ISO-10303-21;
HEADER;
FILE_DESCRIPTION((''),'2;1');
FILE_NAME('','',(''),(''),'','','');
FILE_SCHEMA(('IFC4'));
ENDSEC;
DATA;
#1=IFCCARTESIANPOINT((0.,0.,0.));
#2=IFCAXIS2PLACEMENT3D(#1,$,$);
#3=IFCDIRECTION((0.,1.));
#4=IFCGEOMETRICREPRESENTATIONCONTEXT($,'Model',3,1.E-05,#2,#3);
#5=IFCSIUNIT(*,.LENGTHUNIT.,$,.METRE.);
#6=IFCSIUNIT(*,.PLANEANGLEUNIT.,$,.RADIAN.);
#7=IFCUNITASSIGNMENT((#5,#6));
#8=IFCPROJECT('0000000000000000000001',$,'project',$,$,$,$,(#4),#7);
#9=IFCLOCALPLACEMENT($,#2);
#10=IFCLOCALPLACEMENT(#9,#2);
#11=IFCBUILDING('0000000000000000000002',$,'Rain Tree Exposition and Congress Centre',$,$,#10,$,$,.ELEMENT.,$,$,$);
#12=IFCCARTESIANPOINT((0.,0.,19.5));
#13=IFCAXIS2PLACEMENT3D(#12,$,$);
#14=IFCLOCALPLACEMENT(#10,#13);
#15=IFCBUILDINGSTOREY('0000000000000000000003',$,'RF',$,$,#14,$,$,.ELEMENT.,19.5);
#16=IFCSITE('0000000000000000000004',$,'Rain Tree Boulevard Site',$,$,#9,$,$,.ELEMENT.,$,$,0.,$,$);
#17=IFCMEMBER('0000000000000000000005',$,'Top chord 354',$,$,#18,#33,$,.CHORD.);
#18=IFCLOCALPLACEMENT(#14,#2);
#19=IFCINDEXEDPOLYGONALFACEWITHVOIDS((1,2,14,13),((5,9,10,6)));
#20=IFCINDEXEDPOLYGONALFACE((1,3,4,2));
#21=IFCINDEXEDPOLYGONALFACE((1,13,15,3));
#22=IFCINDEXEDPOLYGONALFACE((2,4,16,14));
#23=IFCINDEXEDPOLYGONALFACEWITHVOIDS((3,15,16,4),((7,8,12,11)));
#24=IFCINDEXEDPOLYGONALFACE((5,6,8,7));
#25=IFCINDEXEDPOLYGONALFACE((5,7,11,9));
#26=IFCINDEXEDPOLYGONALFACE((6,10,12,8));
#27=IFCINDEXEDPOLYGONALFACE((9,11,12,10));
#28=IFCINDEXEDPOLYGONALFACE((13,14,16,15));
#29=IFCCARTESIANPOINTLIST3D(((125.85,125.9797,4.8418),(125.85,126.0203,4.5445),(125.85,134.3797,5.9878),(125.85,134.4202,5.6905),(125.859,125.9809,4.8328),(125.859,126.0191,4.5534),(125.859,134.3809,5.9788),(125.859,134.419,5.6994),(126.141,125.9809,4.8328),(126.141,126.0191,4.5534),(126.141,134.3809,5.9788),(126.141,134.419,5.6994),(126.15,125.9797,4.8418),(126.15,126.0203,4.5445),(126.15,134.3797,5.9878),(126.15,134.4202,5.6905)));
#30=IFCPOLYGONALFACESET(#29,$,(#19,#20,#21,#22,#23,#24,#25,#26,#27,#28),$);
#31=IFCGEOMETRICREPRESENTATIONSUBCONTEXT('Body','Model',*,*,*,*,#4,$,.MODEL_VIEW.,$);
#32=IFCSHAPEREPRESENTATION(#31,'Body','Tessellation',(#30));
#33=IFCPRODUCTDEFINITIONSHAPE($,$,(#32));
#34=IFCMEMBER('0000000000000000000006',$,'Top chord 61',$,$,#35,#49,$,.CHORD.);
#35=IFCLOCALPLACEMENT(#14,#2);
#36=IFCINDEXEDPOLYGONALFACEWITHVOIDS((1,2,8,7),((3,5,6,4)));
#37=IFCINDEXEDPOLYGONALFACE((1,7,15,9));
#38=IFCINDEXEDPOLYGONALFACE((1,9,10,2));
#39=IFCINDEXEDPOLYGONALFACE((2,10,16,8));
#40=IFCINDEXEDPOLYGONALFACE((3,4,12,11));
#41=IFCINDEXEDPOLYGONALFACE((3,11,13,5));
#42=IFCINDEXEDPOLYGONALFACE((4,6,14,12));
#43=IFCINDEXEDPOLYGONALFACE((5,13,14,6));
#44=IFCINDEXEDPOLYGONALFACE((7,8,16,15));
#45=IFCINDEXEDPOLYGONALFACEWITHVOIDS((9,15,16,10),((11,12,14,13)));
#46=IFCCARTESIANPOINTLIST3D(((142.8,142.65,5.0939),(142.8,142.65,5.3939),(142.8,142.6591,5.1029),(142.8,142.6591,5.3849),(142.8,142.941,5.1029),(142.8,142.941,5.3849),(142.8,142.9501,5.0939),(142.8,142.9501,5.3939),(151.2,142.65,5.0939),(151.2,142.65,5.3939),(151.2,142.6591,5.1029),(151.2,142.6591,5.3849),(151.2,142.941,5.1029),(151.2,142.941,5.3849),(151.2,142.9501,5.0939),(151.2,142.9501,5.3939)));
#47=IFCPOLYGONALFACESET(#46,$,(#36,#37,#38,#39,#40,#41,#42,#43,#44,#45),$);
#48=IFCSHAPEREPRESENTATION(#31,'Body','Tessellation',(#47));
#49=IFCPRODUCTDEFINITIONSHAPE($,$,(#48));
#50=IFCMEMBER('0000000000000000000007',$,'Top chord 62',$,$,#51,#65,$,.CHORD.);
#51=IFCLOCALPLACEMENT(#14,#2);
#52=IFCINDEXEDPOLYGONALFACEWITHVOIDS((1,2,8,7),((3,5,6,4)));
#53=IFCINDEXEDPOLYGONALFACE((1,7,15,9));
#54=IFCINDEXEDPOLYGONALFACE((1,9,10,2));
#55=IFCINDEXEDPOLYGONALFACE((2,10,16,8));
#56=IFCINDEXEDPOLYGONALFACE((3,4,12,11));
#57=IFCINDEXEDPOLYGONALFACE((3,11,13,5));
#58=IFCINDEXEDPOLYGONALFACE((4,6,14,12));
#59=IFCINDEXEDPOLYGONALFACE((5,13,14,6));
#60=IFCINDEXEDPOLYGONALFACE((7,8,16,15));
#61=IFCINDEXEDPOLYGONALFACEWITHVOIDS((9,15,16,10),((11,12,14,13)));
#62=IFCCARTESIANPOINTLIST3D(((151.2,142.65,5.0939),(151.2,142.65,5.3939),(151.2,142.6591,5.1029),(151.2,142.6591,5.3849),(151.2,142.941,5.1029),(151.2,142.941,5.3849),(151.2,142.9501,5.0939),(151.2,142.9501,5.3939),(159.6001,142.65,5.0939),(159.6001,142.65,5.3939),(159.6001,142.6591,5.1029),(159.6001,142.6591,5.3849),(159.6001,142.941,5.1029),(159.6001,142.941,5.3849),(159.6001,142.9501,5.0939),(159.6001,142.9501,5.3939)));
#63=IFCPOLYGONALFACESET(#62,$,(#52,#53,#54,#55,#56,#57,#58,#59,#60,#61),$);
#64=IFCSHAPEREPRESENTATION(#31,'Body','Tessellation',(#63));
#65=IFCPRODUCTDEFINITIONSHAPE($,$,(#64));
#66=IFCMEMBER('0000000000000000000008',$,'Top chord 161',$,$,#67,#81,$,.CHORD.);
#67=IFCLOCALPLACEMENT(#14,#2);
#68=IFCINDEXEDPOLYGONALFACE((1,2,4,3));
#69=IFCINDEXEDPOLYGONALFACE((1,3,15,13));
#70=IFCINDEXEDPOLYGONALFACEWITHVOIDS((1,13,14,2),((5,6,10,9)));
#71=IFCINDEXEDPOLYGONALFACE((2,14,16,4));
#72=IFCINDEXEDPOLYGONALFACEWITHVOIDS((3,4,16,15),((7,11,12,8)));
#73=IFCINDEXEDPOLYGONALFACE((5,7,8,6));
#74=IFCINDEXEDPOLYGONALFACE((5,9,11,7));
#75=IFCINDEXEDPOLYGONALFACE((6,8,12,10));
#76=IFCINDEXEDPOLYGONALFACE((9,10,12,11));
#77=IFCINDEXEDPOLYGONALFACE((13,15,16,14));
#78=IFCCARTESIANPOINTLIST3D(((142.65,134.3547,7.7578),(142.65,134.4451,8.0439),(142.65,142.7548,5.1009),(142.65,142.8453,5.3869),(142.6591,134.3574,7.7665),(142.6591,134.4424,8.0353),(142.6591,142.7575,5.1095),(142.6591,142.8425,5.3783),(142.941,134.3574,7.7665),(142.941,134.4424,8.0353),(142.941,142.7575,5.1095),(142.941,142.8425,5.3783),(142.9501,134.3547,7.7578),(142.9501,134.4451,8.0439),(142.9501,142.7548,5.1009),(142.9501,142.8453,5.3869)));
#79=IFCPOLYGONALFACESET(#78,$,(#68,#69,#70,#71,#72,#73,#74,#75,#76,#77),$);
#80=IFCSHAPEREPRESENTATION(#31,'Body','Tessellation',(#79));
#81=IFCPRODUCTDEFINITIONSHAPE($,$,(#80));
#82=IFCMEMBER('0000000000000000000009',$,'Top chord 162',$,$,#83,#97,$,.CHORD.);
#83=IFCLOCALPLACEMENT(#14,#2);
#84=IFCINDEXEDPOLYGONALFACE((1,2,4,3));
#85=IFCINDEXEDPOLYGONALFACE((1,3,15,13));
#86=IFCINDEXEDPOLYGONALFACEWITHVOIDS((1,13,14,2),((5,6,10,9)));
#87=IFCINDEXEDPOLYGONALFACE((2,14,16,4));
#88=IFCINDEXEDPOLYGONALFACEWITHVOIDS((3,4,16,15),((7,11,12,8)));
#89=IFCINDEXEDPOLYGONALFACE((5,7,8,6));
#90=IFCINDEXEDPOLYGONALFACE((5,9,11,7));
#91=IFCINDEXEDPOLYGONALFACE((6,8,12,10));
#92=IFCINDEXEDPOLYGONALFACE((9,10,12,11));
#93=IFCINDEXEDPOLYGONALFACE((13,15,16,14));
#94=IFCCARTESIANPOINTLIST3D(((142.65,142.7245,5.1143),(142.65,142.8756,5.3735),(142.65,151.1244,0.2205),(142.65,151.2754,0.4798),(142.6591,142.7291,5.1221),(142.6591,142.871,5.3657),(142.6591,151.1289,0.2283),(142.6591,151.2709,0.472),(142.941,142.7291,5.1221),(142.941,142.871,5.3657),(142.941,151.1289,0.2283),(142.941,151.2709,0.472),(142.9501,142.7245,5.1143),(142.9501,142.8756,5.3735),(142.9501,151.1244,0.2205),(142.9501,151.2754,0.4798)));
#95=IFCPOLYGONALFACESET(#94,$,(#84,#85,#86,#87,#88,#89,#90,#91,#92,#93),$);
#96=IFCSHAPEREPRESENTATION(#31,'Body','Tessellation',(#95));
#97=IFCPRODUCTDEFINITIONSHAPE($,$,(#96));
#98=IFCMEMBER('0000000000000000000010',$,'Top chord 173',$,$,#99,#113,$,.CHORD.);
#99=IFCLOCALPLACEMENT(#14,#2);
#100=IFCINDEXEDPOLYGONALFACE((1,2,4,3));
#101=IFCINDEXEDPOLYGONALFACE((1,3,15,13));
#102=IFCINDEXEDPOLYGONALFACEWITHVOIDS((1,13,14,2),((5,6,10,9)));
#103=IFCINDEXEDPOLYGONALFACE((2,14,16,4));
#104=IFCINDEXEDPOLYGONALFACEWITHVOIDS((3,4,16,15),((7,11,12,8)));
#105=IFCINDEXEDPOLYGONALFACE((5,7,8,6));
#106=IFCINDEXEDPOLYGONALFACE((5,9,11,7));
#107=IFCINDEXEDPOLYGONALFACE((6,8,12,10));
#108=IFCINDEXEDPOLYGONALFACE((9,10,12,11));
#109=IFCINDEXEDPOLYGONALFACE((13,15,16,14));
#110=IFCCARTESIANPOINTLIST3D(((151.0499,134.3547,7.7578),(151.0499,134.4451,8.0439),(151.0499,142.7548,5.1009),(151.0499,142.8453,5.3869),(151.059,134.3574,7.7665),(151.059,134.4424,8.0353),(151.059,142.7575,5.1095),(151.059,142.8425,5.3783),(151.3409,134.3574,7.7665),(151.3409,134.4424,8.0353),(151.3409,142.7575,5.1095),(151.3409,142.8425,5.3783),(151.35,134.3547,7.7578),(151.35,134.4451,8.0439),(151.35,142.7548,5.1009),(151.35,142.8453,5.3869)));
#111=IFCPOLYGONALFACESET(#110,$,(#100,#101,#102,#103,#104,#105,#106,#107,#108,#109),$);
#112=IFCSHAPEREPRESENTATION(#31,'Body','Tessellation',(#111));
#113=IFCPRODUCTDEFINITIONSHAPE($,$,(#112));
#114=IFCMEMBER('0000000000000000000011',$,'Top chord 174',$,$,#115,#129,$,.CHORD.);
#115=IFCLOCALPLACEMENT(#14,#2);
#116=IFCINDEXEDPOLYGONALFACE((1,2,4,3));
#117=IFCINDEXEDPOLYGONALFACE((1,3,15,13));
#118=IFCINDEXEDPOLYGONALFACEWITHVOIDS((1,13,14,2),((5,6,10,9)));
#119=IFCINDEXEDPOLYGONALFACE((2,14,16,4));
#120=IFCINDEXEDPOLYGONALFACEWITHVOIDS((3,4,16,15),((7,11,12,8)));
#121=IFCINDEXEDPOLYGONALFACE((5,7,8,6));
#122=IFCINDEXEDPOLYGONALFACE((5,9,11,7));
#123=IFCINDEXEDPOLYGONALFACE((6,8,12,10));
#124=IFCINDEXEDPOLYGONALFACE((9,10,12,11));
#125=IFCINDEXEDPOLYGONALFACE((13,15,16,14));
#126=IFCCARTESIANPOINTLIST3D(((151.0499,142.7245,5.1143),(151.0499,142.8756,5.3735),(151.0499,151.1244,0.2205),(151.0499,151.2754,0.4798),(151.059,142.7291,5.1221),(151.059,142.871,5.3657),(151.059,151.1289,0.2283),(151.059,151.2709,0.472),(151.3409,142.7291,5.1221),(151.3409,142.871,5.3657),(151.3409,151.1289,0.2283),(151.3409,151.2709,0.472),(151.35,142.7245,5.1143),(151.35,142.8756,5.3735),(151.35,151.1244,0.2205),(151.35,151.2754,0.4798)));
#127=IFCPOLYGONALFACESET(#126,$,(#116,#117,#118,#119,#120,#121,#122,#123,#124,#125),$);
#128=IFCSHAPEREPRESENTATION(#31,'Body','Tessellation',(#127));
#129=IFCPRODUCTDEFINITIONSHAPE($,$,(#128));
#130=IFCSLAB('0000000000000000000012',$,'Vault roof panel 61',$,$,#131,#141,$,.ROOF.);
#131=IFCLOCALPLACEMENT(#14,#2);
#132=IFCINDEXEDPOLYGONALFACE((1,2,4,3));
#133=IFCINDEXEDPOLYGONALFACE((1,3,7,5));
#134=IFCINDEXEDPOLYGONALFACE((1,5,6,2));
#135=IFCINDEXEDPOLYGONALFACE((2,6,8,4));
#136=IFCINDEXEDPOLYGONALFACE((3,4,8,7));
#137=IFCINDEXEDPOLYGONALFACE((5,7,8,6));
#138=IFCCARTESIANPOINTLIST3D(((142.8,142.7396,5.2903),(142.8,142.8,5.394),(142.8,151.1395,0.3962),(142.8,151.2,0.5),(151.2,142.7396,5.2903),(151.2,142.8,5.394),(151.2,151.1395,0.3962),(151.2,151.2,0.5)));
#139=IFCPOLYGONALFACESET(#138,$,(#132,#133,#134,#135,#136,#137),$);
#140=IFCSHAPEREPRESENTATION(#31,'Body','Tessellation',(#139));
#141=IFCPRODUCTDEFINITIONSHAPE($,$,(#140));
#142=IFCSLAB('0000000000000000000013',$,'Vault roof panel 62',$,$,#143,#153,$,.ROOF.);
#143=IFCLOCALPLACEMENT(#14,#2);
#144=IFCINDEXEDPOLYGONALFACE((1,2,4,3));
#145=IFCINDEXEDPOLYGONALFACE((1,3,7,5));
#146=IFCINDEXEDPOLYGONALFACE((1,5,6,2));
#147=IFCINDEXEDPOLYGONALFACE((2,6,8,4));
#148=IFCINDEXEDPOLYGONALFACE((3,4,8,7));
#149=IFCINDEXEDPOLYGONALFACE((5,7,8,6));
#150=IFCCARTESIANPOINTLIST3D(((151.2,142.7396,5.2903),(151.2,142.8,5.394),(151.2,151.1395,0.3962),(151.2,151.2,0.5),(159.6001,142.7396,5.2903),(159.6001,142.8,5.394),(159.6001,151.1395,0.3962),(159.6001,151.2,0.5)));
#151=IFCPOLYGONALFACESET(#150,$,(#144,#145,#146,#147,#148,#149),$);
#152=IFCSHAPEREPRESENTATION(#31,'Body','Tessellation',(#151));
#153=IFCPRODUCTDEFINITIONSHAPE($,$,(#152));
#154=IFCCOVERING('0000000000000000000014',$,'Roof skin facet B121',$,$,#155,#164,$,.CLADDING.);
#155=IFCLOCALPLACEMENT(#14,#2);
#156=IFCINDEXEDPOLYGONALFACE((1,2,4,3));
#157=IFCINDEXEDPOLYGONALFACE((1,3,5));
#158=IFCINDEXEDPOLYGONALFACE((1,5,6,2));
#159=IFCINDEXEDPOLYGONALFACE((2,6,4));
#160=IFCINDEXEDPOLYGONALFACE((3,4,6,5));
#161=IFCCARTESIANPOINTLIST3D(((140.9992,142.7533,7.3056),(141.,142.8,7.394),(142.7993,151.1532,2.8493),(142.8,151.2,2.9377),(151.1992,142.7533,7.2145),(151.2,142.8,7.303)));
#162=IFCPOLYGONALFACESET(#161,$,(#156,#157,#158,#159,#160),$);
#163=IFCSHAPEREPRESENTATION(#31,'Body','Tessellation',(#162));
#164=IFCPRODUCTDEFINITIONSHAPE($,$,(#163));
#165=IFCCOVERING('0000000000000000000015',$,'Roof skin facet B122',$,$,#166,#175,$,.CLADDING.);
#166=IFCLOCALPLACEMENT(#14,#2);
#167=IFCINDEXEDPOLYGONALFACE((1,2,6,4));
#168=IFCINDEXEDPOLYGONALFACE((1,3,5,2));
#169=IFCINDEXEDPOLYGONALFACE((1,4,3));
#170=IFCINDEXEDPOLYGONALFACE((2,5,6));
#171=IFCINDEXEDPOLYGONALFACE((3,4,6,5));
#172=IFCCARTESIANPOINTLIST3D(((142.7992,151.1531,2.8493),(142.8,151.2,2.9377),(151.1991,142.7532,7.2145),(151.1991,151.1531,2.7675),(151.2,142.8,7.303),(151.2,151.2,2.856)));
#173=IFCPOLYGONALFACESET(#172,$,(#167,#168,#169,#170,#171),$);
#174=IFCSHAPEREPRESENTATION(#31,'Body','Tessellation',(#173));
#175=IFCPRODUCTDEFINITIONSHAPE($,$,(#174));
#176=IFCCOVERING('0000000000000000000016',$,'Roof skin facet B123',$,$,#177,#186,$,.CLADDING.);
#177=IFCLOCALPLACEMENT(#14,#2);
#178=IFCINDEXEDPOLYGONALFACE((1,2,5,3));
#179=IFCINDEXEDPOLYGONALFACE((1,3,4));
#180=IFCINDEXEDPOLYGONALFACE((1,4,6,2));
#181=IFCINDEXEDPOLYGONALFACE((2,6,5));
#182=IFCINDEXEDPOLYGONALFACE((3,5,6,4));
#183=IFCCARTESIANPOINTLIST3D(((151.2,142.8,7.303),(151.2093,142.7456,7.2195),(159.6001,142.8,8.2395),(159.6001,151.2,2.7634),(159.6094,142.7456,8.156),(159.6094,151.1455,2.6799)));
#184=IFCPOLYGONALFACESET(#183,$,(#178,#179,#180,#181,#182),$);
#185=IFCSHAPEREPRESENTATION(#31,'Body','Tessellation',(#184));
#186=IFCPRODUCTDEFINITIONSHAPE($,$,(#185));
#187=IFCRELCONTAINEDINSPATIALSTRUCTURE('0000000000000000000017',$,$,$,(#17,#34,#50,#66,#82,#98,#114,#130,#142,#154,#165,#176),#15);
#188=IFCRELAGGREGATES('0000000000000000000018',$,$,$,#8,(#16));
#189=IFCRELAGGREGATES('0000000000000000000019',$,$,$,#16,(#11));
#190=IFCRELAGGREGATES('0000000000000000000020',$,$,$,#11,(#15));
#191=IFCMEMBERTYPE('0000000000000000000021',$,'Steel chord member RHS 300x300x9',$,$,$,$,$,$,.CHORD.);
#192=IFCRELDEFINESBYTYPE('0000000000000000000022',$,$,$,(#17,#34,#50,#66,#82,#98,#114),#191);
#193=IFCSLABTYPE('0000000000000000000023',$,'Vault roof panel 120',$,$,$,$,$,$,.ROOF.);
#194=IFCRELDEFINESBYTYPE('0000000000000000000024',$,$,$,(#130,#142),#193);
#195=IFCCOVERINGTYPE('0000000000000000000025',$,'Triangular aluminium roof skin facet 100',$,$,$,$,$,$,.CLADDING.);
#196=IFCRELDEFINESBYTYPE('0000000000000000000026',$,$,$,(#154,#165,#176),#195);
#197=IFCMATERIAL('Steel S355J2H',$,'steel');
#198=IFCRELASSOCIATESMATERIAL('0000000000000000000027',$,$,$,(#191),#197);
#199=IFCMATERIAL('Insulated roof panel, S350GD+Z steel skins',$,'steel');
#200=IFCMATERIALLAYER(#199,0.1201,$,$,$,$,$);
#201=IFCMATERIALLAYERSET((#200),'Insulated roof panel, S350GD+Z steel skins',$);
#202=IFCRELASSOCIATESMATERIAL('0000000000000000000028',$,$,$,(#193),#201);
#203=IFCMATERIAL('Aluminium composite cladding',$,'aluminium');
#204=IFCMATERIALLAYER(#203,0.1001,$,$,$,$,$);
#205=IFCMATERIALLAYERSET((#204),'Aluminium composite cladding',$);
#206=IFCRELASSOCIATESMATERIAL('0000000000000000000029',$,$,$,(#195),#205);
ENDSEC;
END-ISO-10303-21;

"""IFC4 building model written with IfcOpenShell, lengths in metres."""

from ifc_helpers import new_model, si_unit, direction, frame, origin, origin_2d, place, context, subcontext, project, spatial, polyline, hollow_rectangle, outline, extrude, material, layer, layer_set, material_profile, profile_set, type_object, element, save


model = new_model("IFC4")

# Units and contexts
model_context = context("Model", 3, precision=1e-05, world=origin(), true_north=direction((0.0, 1.0)))
body_context = subcontext(model_context, "Body", "Model", "MODEL_VIEW")
ifc_project = project(units=[si_unit("LENGTHUNIT", "METRE"), si_unit("PLANEANGLEUNIT", "RADIAN")], contexts=[model_context])

# Site, building, storey
site_placement = place(None, origin())
site = spatial("IfcSite", under=ifc_project, at=site_placement, Name="Rain Tree Boulevard Site", CompositionType="ELEMENT", RefElevation=0.0)
building_placement = place(site_placement, origin())
building = spatial("IfcBuilding", under=site, at=building_placement, Name="Rain Tree Exposition and Congress Centre", CompositionType="ELEMENT")
storey_placement = place(building_placement, frame((0.0, 0.0, 19.5)))
storey = spatial("IfcBuildingStorey", under=building, at=storey_placement, Name="RF", CompositionType="ELEMENT", Elevation=19.5)

# Members
ifc_material_1 = material(Name="Steel S355J2H", Category="steel")
ifc_material_profile_1 = material_profile(ifc_material_1, hollow_rectangle(XDim=0.3, YDim=0.3, WallThickness=0.009, at=origin_2d()), Name="RHS 300x300x9")
ifc_profile_set_1 = profile_set([ifc_material_profile_1], Name="Steel S355J2H")
member_type_1 = type_object("IfcMemberType", Name="Steel chord member RHS 300x300x9", PredefinedType="CHORD", material=ifc_profile_set_1)
member_1_placement = place(storey_placement, frame((126.0, 126.0, 4.6931), z_axis=(0.0, 0.990821, 0.135177), x_axis=(-1.0, 0.0, 0.0)))
element("IfcMember", 1, at=member_1_placement, inside=storey, type_object=member_type_1, Name="Top chord 354", PredefinedType="CHORD", context=body_context, shape_type="SweptSolid", body=[
    extrude(hollow_rectangle(XDim=0.3, YDim=0.3, WallThickness=0.009, at=origin_2d()), origin(), (0.0, 0.0, 1.0), 8.4778),
])
member_2_placement = place(storey_placement, frame((142.8, 142.8, 5.2439), z_axis=(1.0, 0.0, 0.0), x_axis=(0.0, 1.0, 0.0)))
element("IfcMember", 2, at=member_2_placement, inside=storey, type_object=member_type_1, Name="Top chord 61", PredefinedType="CHORD", context=body_context, shape_type="SweptSolid", body=[
    extrude(hollow_rectangle(XDim=0.3, YDim=0.3, WallThickness=0.009, at=origin_2d()), origin(), (0.0, 0.0, 1.0), 8.3999),
])
member_3_placement = place(storey_placement, frame((151.2, 142.8, 5.2439), z_axis=(1.0, 0.0, 0.0), x_axis=(0.0, 1.0, 0.0)))
element("IfcMember", 3, at=member_3_placement, inside=storey, type_object=member_type_1, Name="Top chord 62", PredefinedType="CHORD", context=body_context, shape_type="SweptSolid", body=[
    extrude(hollow_rectangle(XDim=0.3, YDim=0.3, WallThickness=0.009, at=origin_2d()), origin(), (0.0, 0.0, 1.0), 8.4001),
])
member_4_placement = place(storey_placement, frame((142.8, 134.3999, 7.9009), z_axis=(0.0, 0.953442, -0.301576), x_axis=(-1.0, 0.0, 0.0)))
element("IfcMember", 4, at=member_4_placement, inside=storey, type_object=member_type_1, Name="Top chord 161", PredefinedType="CHORD", context=body_context, shape_type="SweptSolid", body=[
    extrude(hollow_rectangle(XDim=0.3, YDim=0.3, WallThickness=0.009, at=origin_2d()), origin(), (0.0, 0.0, 1.0), 8.8103),
])
member_5_placement = place(storey_placement, frame((142.8, 142.8, 5.2439), z_axis=(0.0, 0.864054, -0.503399), x_axis=(-1.0, 0.0, 0.0)))
element("IfcMember", 5, at=member_5_placement, inside=storey, type_object=member_type_1, Name="Top chord 162", PredefinedType="CHORD", context=body_context, shape_type="SweptSolid", body=[
    extrude(hollow_rectangle(XDim=0.3, YDim=0.3, WallThickness=0.009, at=origin_2d()), origin(), (0.0, 0.0, 1.0), 9.7214),
])
member_6_placement = place(storey_placement, frame((151.2, 134.3999, 7.9009), z_axis=(0.0, 0.953442, -0.301576), x_axis=(-1.0, 0.0, 0.0)))
element("IfcMember", 6, at=member_6_placement, inside=storey, type_object=member_type_1, Name="Top chord 173", PredefinedType="CHORD", context=body_context, shape_type="SweptSolid", body=[
    extrude(hollow_rectangle(XDim=0.3, YDim=0.3, WallThickness=0.009, at=origin_2d()), origin(), (0.0, 0.0, 1.0), 8.8103),
])
member_7_placement = place(storey_placement, frame((151.2, 142.8, 5.2439), z_axis=(0.0, 0.864054, -0.503399), x_axis=(-1.0, 0.0, 0.0)))
element("IfcMember", 7, at=member_7_placement, inside=storey, type_object=member_type_1, Name="Top chord 174", PredefinedType="CHORD", context=body_context, shape_type="SweptSolid", body=[
    extrude(hollow_rectangle(XDim=0.3, YDim=0.3, WallThickness=0.009, at=origin_2d()), origin(), (0.0, 0.0, 1.0), 9.7214),
])

# Slabs
ifc_material_2 = material(Name="Insulated roof panel, S350GD+Z steel skins", Category="steel")
ifc_layer_1 = layer(ifc_material_2, 0.1201)
ifc_layer_set_1 = layer_set([ifc_layer_1], Name="Insulated roof panel, S350GD+Z steel skins")
slab_type = type_object("IfcSlabType", Name="Vault roof panel 120", PredefinedType="ROOF", material=ifc_layer_set_1)
slab_1_placement = place(storey_placement, frame((142.8, 142.8, 5.394), z_axis=(0.0, 0.503418, 0.864043), x_axis=(1.0, 0.0, 0.0)))
element("IfcSlab", 8, at=slab_1_placement, inside=storey, type_object=slab_type, Name="Vault roof panel 61", PredefinedType="ROOF", context=body_context, shape_type="SweptSolid", body=[
    extrude(outline(polyline([(0.0, 0.0), (8.3999, 0.0), (8.3999, 9.7216), (0.0, 9.7216), (0.0, 0.0)])), origin(), (0.0, 0.0, -1.0), 0.1201),
])
slab_2_placement = place(storey_placement, frame((151.2, 142.8, 5.394), z_axis=(0.0, 0.503418, 0.864043), x_axis=(1.0, 0.0, 0.0)))
element("IfcSlab", 9, at=slab_2_placement, inside=storey, type_object=slab_type, Name="Vault roof panel 62", PredefinedType="ROOF", context=body_context, shape_type="SweptSolid", body=[
    extrude(outline(polyline([(0.0, 0.0), (8.4001, 0.0), (8.4001, 9.7216), (0.0, 9.7216), (0.0, 0.0)])), origin(), (0.0, 0.0, -1.0), 0.1201),
])

# Coverings
ifc_material_3 = material(Name="Aluminium composite cladding", Category="aluminium")
ifc_layer_2 = layer(ifc_material_3, 0.1001)
ifc_layer_set_2 = layer_set([ifc_layer_2], Name="Aluminium composite cladding")
covering_type = type_object("IfcCoveringType", Name="Triangular aluminium roof skin facet 100", PredefinedType="CLADDING", material=ifc_layer_set_2)
covering_1_placement = place(storey_placement, frame((141.0, 142.8, 7.394), z_axis=(0.007893, 0.467316, 0.884055), x_axis=(0.99996, 0.0, -0.008928)))
element("IfcCovering", 10, at=covering_1_placement, inside=storey, type_object=covering_type, Name="Roof skin facet B121", PredefinedType="CLADDING", context=body_context, shape_type="SweptSolid", body=[
    extrude(outline(polyline([(0.0, 0.0), (10.2004, 0.0), (1.8398, 9.5012), (0.0, 0.0)])), origin(), (0.0, 0.0, -1.0), 0.1001),
])
covering_2_placement = place(storey_placement, frame((151.2, 142.8, 7.303), z_axis=(0.008605, 0.467872, 0.883755), x_axis=(0.0, 0.883787, -0.467889)))
element("IfcCovering", 11, at=covering_2_placement, inside=storey, type_object=covering_type, Name="Roof skin facet B122", PredefinedType="CLADDING", context=body_context, shape_type="SweptSolid", body=[
    extrude(outline(polyline([(0.0, 0.0), (9.5044, 0.0), (9.4662, 8.4002), (0.0, 0.0)])), origin(), (0.0, 0.0, -1.0), 0.1001),
])
covering_3_placement = place(storey_placement, frame((151.2, 142.8, 7.303), z_axis=(-0.09299, 0.543753, 0.834078), x_axis=(0.993842, 0.0, 0.110802)))
element("IfcCovering", 12, at=covering_3_placement, inside=storey, type_object=covering_type, Name="Roof skin facet B123", PredefinedType="CLADDING", context=body_context, shape_type="SweptSolid", body=[
    extrude(outline(polyline([(0.0, 0.0), (8.4522, 0.0), (7.8454, 10.0089), (0.0, 0.0)])), origin(), (0.0, 0.0, -1.0), 0.1001),
])

save(model, "model.ifc")
